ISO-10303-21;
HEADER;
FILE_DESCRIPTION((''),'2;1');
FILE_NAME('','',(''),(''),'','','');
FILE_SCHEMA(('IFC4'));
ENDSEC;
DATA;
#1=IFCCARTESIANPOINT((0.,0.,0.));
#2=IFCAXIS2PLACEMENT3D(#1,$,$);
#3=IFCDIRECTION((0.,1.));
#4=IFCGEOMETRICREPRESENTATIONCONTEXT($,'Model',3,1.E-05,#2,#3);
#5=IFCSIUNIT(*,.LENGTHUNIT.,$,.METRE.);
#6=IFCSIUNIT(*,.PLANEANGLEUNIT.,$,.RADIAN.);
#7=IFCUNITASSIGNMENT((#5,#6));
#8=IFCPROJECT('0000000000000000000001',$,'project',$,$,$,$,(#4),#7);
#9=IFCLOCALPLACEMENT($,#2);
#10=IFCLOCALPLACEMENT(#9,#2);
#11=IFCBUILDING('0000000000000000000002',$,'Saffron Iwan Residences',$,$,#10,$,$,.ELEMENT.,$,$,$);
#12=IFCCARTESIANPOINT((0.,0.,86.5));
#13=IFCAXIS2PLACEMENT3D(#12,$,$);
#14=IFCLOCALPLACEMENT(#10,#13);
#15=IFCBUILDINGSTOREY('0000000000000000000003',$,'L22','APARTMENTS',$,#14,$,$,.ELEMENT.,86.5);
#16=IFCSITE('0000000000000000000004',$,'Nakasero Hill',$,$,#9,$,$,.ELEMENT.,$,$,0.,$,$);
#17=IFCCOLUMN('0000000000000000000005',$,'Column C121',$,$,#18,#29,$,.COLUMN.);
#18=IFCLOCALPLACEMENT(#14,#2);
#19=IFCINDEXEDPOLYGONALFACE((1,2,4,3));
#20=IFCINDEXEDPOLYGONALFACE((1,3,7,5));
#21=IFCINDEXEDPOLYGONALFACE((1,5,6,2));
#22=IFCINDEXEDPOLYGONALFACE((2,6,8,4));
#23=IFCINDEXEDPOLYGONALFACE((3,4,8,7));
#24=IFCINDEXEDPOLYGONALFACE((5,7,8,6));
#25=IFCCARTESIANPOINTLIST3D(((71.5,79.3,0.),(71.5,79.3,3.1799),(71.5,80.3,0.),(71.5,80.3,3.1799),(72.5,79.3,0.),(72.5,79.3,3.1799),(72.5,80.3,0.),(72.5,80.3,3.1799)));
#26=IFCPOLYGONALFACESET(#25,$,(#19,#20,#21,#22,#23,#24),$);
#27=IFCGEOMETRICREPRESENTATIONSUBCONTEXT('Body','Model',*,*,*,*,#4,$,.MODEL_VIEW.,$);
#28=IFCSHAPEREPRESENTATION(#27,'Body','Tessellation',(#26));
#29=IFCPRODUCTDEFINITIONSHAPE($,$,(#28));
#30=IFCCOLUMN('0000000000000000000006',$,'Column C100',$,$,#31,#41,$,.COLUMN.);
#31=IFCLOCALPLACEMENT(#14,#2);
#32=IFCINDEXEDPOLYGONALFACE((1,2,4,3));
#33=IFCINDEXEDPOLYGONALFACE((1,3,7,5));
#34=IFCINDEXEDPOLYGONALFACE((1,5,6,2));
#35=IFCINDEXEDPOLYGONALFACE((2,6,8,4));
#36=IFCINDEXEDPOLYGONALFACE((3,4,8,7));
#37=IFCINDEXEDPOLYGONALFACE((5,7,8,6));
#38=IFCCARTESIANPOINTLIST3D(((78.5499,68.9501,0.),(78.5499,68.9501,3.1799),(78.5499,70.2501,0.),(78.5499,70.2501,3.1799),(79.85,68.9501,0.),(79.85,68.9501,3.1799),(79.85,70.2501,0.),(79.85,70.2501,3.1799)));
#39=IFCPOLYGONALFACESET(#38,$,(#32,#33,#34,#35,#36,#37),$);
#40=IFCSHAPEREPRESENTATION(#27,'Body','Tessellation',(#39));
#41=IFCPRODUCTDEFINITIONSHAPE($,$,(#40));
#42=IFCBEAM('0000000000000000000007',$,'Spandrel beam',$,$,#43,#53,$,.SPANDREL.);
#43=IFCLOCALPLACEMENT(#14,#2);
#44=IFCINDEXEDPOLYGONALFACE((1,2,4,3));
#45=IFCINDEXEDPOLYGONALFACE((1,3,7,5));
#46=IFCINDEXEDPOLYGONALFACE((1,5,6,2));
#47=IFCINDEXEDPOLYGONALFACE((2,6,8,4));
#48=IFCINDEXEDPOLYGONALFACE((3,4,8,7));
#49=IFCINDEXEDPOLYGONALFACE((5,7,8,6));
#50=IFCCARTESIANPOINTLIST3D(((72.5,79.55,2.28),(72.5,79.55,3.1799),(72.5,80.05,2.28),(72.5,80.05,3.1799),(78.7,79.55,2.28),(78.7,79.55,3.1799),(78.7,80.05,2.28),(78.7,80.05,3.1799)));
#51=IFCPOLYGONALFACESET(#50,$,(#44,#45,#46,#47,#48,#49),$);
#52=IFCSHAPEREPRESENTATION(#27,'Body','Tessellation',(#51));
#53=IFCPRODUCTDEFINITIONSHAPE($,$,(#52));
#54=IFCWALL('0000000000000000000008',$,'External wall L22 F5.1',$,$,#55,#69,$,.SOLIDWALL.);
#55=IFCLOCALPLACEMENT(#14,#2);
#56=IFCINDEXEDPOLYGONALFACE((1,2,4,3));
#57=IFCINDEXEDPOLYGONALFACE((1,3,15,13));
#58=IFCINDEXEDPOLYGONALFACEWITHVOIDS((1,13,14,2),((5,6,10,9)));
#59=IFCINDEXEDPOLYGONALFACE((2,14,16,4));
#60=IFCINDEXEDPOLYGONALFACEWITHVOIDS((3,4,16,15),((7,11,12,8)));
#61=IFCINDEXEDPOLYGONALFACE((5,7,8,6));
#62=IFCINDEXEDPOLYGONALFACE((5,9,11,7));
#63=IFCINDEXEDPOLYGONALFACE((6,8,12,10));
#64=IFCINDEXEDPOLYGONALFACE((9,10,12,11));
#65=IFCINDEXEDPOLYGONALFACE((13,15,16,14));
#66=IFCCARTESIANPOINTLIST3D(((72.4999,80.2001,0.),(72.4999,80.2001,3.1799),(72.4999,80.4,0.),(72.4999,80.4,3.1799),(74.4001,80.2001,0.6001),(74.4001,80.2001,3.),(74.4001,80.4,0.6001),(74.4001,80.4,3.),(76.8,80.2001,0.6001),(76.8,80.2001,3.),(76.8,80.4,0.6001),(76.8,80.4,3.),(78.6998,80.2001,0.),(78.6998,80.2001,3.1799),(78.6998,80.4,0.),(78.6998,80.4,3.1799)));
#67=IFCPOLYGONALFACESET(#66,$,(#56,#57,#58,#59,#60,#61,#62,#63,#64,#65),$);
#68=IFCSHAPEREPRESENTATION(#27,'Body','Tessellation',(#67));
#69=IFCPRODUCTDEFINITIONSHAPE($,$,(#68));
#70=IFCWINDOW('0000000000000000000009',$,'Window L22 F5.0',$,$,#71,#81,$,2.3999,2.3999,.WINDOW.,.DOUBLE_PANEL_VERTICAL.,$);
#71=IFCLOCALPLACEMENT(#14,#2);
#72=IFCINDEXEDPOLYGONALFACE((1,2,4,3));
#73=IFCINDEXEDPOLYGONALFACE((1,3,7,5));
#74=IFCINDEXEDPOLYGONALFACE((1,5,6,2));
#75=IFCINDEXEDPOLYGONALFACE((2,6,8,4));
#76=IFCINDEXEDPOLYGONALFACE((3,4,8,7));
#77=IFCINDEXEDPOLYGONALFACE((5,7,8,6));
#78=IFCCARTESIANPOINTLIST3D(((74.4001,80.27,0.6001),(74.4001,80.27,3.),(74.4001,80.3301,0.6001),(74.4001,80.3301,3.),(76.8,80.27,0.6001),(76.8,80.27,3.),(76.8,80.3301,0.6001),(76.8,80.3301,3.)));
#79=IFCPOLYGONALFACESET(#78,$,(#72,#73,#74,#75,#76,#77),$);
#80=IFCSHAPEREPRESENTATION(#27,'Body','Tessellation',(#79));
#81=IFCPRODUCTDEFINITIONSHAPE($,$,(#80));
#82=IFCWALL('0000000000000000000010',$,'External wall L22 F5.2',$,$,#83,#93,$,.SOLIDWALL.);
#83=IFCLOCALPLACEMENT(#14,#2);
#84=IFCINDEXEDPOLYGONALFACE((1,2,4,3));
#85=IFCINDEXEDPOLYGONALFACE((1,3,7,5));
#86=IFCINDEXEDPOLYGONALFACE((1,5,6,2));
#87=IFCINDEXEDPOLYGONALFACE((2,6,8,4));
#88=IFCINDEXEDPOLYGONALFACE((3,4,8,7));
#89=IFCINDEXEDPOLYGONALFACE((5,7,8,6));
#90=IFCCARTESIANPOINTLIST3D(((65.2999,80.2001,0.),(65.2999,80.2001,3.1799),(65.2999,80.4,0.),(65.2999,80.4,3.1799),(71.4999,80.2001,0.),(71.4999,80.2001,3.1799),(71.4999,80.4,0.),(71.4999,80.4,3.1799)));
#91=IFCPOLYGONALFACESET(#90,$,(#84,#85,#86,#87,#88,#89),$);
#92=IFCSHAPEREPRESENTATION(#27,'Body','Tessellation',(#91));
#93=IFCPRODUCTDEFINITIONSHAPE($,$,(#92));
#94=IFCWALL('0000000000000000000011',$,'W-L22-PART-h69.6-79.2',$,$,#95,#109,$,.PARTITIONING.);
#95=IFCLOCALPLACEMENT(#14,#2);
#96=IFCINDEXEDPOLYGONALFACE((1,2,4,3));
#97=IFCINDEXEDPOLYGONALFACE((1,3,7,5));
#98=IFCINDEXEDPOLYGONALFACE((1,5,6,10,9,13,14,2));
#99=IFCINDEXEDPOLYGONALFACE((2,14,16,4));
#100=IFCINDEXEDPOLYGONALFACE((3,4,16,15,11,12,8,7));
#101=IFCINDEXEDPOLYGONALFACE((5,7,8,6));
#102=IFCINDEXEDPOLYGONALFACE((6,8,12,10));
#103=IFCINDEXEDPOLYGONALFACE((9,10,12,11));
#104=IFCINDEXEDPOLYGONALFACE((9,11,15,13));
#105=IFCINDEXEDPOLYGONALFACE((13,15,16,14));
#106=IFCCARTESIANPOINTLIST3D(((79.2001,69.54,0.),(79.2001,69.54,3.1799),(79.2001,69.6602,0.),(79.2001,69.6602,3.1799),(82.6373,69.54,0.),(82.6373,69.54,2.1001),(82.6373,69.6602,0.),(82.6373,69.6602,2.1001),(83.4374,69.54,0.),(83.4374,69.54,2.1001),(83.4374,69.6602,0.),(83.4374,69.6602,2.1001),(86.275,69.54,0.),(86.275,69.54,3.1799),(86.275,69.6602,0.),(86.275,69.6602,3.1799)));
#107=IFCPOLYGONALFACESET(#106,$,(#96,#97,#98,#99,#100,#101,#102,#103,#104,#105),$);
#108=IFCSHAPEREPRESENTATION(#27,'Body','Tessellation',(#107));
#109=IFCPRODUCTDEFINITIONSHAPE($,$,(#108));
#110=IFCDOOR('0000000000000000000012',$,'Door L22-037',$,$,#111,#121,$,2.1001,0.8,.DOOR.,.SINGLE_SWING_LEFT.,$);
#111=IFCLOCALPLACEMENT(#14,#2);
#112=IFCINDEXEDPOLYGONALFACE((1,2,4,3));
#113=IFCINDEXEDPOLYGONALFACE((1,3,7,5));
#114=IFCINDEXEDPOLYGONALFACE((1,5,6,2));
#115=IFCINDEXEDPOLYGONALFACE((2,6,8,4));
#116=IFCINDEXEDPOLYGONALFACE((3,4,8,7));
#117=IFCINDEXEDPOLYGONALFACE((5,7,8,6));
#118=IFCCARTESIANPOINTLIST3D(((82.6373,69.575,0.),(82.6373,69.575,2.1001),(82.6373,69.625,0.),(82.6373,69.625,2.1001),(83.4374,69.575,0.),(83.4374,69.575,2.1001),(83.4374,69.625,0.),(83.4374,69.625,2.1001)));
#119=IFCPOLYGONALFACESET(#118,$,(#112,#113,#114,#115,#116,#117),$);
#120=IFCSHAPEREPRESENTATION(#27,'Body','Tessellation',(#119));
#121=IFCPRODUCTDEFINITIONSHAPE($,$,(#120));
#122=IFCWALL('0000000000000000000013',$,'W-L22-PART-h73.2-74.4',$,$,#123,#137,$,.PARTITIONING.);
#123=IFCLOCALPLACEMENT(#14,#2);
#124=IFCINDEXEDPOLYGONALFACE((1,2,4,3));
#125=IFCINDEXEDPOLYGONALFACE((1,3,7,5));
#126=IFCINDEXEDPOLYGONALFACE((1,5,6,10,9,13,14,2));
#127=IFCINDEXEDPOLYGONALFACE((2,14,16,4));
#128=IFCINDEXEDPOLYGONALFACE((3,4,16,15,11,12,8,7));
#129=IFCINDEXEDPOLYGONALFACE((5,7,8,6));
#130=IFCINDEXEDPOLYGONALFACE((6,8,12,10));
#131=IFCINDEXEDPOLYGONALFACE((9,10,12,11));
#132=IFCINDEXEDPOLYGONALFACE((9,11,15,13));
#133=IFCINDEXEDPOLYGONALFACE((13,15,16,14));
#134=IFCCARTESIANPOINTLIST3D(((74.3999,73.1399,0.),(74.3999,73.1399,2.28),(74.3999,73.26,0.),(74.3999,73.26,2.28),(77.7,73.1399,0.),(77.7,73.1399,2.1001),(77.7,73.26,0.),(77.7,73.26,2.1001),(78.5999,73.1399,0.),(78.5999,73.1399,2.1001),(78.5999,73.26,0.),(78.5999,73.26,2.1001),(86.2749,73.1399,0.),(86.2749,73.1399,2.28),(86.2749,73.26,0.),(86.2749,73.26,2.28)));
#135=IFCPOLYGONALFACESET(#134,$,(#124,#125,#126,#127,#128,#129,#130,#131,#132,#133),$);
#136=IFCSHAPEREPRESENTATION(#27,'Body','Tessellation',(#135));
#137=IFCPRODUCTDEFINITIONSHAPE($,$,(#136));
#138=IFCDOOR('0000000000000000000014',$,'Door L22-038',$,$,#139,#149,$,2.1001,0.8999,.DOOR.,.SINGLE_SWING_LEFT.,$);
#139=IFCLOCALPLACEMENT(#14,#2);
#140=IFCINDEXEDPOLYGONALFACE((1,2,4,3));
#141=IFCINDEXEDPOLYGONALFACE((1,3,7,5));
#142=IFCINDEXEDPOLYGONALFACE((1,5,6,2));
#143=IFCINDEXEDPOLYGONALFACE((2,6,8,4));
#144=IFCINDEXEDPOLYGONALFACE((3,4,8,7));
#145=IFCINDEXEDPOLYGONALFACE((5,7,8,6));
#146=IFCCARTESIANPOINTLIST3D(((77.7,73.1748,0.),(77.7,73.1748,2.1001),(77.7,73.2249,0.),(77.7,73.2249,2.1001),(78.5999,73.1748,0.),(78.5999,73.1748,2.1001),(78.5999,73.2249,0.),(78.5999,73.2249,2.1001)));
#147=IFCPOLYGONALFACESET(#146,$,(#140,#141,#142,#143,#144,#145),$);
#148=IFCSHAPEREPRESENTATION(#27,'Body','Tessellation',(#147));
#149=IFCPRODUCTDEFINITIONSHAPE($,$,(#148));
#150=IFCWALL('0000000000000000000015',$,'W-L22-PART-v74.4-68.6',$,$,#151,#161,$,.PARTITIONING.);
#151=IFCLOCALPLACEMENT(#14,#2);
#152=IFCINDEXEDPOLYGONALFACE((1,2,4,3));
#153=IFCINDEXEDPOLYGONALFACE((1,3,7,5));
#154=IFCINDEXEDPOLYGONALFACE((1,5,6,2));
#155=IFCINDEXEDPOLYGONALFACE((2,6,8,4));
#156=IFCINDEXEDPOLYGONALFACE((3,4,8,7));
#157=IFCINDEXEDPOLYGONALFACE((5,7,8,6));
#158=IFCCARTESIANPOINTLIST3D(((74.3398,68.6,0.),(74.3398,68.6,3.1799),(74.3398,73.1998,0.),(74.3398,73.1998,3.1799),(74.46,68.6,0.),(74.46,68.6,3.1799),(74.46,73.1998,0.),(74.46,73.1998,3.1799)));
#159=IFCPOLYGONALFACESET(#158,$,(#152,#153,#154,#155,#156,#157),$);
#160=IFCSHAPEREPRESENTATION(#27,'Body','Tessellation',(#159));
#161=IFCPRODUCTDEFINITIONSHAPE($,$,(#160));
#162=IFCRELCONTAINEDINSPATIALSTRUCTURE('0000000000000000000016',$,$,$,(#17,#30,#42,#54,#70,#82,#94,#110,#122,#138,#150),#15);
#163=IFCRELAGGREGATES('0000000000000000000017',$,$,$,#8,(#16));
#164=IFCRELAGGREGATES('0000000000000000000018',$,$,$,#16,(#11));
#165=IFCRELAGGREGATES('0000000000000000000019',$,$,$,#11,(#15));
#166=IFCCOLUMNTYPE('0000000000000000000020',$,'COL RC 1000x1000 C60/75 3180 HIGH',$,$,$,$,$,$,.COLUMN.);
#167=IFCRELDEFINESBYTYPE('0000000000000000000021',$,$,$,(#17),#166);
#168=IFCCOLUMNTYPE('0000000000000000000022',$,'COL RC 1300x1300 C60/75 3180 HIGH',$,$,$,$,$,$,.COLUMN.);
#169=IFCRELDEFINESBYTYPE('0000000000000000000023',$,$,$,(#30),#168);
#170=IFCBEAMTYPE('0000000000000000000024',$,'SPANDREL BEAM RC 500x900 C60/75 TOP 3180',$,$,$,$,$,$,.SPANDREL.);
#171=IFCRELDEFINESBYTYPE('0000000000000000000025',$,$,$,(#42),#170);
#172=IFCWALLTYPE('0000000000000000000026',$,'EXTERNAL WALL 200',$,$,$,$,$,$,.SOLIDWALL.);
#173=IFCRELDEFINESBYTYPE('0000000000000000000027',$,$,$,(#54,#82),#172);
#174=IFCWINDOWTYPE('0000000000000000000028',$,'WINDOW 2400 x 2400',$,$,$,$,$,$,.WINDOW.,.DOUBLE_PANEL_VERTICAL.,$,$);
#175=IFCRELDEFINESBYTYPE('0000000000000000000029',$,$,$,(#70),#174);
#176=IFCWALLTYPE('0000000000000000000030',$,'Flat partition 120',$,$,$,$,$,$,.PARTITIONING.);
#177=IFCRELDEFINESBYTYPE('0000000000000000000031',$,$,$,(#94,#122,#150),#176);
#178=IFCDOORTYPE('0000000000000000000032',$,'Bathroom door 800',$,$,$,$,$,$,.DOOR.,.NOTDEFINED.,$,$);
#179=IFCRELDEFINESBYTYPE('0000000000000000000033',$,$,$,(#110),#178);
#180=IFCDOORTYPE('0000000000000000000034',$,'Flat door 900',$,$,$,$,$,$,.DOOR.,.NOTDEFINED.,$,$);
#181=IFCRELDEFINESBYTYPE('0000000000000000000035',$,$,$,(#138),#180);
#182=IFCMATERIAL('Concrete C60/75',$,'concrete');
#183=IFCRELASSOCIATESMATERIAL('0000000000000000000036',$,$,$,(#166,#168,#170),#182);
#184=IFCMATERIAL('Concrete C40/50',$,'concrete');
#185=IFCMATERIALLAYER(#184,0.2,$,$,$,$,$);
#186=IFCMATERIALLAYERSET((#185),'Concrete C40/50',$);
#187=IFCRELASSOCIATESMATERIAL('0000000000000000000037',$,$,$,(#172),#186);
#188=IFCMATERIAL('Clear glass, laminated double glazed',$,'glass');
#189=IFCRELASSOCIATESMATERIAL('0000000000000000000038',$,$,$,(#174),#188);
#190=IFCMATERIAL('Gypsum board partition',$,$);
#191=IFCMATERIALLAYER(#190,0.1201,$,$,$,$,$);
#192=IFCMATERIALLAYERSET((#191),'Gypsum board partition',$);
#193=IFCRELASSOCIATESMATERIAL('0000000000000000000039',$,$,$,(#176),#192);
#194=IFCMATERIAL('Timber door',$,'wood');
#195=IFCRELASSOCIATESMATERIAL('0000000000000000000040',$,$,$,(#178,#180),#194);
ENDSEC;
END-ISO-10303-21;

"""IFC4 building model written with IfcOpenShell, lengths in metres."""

from ifc_helpers import new_model, si_unit, direction, frame, frame_2d, origin, origin_2d, place, context, subcontext, project, spatial, rectangle, extrude, source, transform, mapped, material, layer, layer_set, material_profile, profile_set, type_object, element, fill, save


model = new_model("IFC4")

# Units and contexts
model_context = context("Model", 3, precision=1e-05, world=origin(), true_north=direction((0.0, 1.0)))
body_context = subcontext(model_context, "Body", "Model", "MODEL_VIEW")
ifc_project = project(units=[si_unit("LENGTHUNIT", "METRE"), si_unit("PLANEANGLEUNIT", "RADIAN")], contexts=[model_context])

# Site, building, storey
site_placement = place(None, origin())
site = spatial("IfcSite", under=ifc_project, at=site_placement, Name="Nakasero Hill", CompositionType="ELEMENT", RefElevation=0.0)
building_placement = place(site_placement, origin())
building = spatial("IfcBuilding", under=site, at=building_placement, Name="Saffron Iwan Residences", CompositionType="ELEMENT")
storey_placement = place(building_placement, frame((0.0, 0.0, 86.5)))
storey = spatial("IfcBuildingStorey", under=building, at=storey_placement, Name="L22", Description="APARTMENTS", CompositionType="ELEMENT", Elevation=86.5)

# Columns
ifc_material_1 = material(Name="Concrete C60/75", Category="concrete")
ifc_material_profile_1 = material_profile(ifc_material_1, rectangle(XDim=1.0, YDim=1.0, at=origin_2d()), Name="RC 1000x1000")
ifc_profile_set_1 = profile_set([ifc_material_profile_1], Name="Concrete C60/75")
column_type_1 = type_object("IfcColumnType", Name="COL RC 1000x1000 C60/75 3180 HIGH", PredefinedType="COLUMN", material=ifc_profile_set_1)
shared_shape_1 = source(origin(), body_context, "Body", "SweptSolid", [
    extrude(rectangle(XDim=1.0, YDim=1.0, at=origin_2d()), origin(), (0.0, 0.0, 1.0), 3.1799),
])
column_1_placement = place(storey_placement, frame((72.0, 79.8, 0.0), z_axis=(0.0, 0.0, 1.0), x_axis=(1.0, 0.0, 0.0)))
element("IfcColumn", 1, at=column_1_placement, inside=storey, type_object=column_type_1, Name="Column C121", PredefinedType="COLUMN", context=body_context, shape_type="MappedRepresentation", body=[
    mapped(shared_shape_1, transform((0.0, 0.0, 0.0))),
])
ifc_material_profile_2 = material_profile(ifc_material_1, rectangle(XDim=1.3, YDim=1.3, at=origin_2d()), Name="RC 1300x1300")
ifc_profile_set_2 = profile_set([ifc_material_profile_2], Name="Concrete C60/75")
column_type_2 = type_object("IfcColumnType", Name="COL RC 1300x1300 C60/75 3180 HIGH", PredefinedType="COLUMN", material=ifc_profile_set_2)
shared_shape_2 = source(origin(), body_context, "Body", "SweptSolid", [
    extrude(rectangle(XDim=1.3, YDim=1.3, at=origin_2d()), origin(), (0.0, 0.0, 1.0), 3.1799),
])
column_2_placement = place(storey_placement, frame((79.2, 69.6001, 0.0), z_axis=(0.0, 0.0, 1.0), x_axis=(1.0, 0.0, 0.0)))
element("IfcColumn", 2, at=column_2_placement, inside=storey, type_object=column_type_2, Name="Column C100", PredefinedType="COLUMN", context=body_context, shape_type="MappedRepresentation", body=[
    mapped(shared_shape_2, transform((0.0, 0.0, 0.0))),
])

# Beam
ifc_material_profile_3 = material_profile(ifc_material_1, rectangle(XDim=0.5, YDim=0.8999, at=origin_2d()), Name="RC 500x900")
ifc_profile_set_3 = profile_set([ifc_material_profile_3], Name="Concrete C60/75")
beam_type = type_object("IfcBeamType", Name="SPANDREL BEAM RC 500x900 C60/75 TOP 3180", PredefinedType="SPANDREL", material=ifc_profile_set_3)
shared_shape_3 = source(origin(), body_context, "Body", "SweptSolid", [
    extrude(rectangle(XDim=0.5, YDim=0.8999, at=origin_2d()), origin(), (0.0, 0.0, 1.0), 6.2),
])
beam_placement = place(storey_placement, frame((72.5, 79.8, 2.73), z_axis=(1.0, 0.0, 0.0), x_axis=(0.0, 1.0, 0.0)))
element("IfcBeam", 3, at=beam_placement, inside=storey, type_object=beam_type, Name="Spandrel beam", PredefinedType="SPANDREL", context=body_context, shape_type="MappedRepresentation", body=[
    mapped(shared_shape_3, transform((0.0, 0.0, 0.0))),
])

# Wall, opening, window
ifc_material_2 = material(Name="Concrete C40/50", Category="concrete")
ifc_layer_1 = layer(ifc_material_2, 0.2)
ifc_layer_set_1 = layer_set([ifc_layer_1], Name="Concrete C40/50")
wall_type_1 = type_object("IfcWallType", Name="EXTERNAL WALL 200", PredefinedType="SOLIDWALL", material=ifc_layer_set_1)
wall_1_placement = place(storey_placement, frame((78.7, 80.3, 0.0), z_axis=(0.0, 0.0, 1.0), x_axis=(-1.0, 0.0, 0.0)))
wall_1 = element("IfcWall", 4, at=wall_1_placement, inside=storey, type_object=wall_type_1, Name="External wall L22 F5.1", PredefinedType="SOLIDWALL", context=body_context, shape_type="SweptSolid", body=[
    extrude(rectangle(XDim=6.2, YDim=0.2, at=frame_2d((3.1001, 0.0))), origin(), (0.0, 0.0, 1.0), 3.1799),
])
opening_1_placement = place(wall_1_placement, frame((1.8999, 0.0, 0.6001)))
opening_1 = element("IfcOpeningElement", 5, at=opening_1_placement, cuts=wall_1, PredefinedType="OPENING", context=body_context, shape_type="SweptSolid", body=[
    extrude(rectangle(XDim=2.3999, YDim=2.3999, at=frame_2d((1.2, 1.2))), frame((0.0, 0.1099, 0.0), z_axis=(0.0, -1.0, 0.0), x_axis=(1.0, 0.0, 0.0)), (0.0, 0.0, 1.0), 0.22),
])
ifc_material_3 = material(Name="Clear glass, laminated double glazed", Category="glass")
window_type = type_object("IfcWindowType", Name="WINDOW 2400 x 2400", PartitioningType="DOUBLE_PANEL_VERTICAL", PredefinedType="WINDOW", material=ifc_material_3)
window_placement = place(opening_1_placement, origin())
window = element("IfcWindow", 6, at=window_placement, inside=storey, type_object=window_type, Name="Window L22 F5.0", OverallHeight=2.3999, OverallWidth=2.3999, PartitioningType="DOUBLE_PANEL_VERTICAL", PredefinedType="WINDOW", context=body_context, shape_type="SweptSolid", body=[
    extrude(rectangle(XDim=2.3999, YDim=2.3999, at=frame_2d((1.2, 1.2))), frame((0.0, 0.03, 0.0), z_axis=(0.0, -1.0, 0.0), x_axis=(1.0, 0.0, 0.0)), (0.0, 0.0, 1.0), 0.0601),
])
fill(opening_1, window)

# Wall
wall_2_placement = place(storey_placement, frame((71.5, 80.3, 0.0), z_axis=(0.0, 0.0, 1.0), x_axis=(-1.0, 0.0, 0.0)))
element("IfcWall", 7, at=wall_2_placement, inside=storey, type_object=wall_type_1, Name="External wall L22 F5.2", PredefinedType="SOLIDWALL", context=body_context, shape_type="SweptSolid", body=[
    extrude(rectangle(XDim=6.2, YDim=0.2, at=frame_2d((3.1001, 0.0))), origin(), (0.0, 0.0, 1.0), 3.1799),
])

# Walls, openings, doors
ifc_material_4 = material(Name="Gypsum board partition")
ifc_layer_2 = layer(ifc_material_4, 0.1201)
ifc_layer_set_2 = layer_set([ifc_layer_2], Name="Gypsum board partition")
wall_type_2 = type_object("IfcWallType", Name="Flat partition 120", PredefinedType="PARTITIONING", material=ifc_layer_set_2)
wall_3_placement = place(storey_placement, frame((79.2, 69.6001, 0.0), z_axis=(0.0, 0.0, 1.0), x_axis=(1.0, 0.0, 0.0)))
wall_3 = element("IfcWall", 8, at=wall_3_placement, inside=storey, type_object=wall_type_2, Name="W-L22-PART-h69.6-79.2", PredefinedType="PARTITIONING", context=body_context, shape_type="SweptSolid", body=[
    extrude(rectangle(XDim=7.075, YDim=0.1201, at=frame_2d((3.5376, 0.0))), origin(), (0.0, 0.0, 1.0), 3.1799),
])
opening_2_placement = place(wall_3_placement, frame((3.4375, 0.0, 0.0)))
opening_2 = element("IfcOpeningElement", 9, at=opening_2_placement, cuts=wall_3, PredefinedType="OPENING", context=body_context, shape_type="SweptSolid", body=[
    extrude(rectangle(XDim=0.8, YDim=2.1001, at=frame_2d((0.3999, 1.05))), frame((0.0, 0.0701, 0.0), z_axis=(0.0, -1.0, 0.0), x_axis=(1.0, 0.0, 0.0)), (0.0, 0.0, 1.0), 0.1401),
])
ifc_material_5 = material(Name="Timber door", Category="wood")
door_type_1 = type_object("IfcDoorType", Name="Bathroom door 800", OperationType="NOTDEFINED", PredefinedType="DOOR", material=ifc_material_5)
door_1_placement = place(opening_2_placement, origin())
door_1 = element("IfcDoor", 10, at=door_1_placement, inside=storey, type_object=door_type_1, Name="Door L22-037", OperationType="SINGLE_SWING_LEFT", OverallHeight=2.1001, OverallWidth=0.8, PredefinedType="DOOR", context=body_context, shape_type="SweptSolid", body=[
    extrude(rectangle(XDim=0.8, YDim=2.1001, at=frame_2d((0.3999, 1.05))), frame((0.0, 0.0249, 0.0), z_axis=(0.0, -1.0, 0.0), x_axis=(1.0, 0.0, 0.0)), (0.0, 0.0, 1.0), 0.05),
])
fill(opening_2, door_1)
wall_4_placement = place(storey_placement, frame((74.3999, 73.2, 0.0), z_axis=(0.0, 0.0, 1.0), x_axis=(1.0, 0.0, 0.0)))
wall_4 = element("IfcWall", 11, at=wall_4_placement, inside=storey, type_object=wall_type_2, Name="W-L22-PART-h73.2-74.4", PredefinedType="PARTITIONING", context=body_context, shape_type="SweptSolid", body=[
    extrude(rectangle(XDim=11.875, YDim=0.1201, at=frame_2d((5.9375, 0.0))), origin(), (0.0, 0.0, 1.0), 2.28),
])
opening_3_placement = place(wall_4_placement, frame((3.3, 0.0, 0.0)))
opening_3 = element("IfcOpeningElement", 12, at=opening_3_placement, cuts=wall_4, PredefinedType="OPENING", context=body_context, shape_type="SweptSolid", body=[
    extrude(rectangle(XDim=0.8999, YDim=2.1001, at=frame_2d((0.45, 1.05))), frame((0.0, 0.0701, 0.0), z_axis=(0.0, -1.0, 0.0), x_axis=(1.0, 0.0, 0.0)), (0.0, 0.0, 1.0), 0.1401),
])
door_type_2 = type_object("IfcDoorType", Name="Flat door 900", OperationType="NOTDEFINED", PredefinedType="DOOR", material=ifc_material_5)
door_2_placement = place(opening_3_placement, origin())
door_2 = element("IfcDoor", 13, at=door_2_placement, inside=storey, type_object=door_type_2, Name="Door L22-038", OperationType="SINGLE_SWING_LEFT", OverallHeight=2.1001, OverallWidth=0.8999, PredefinedType="DOOR", context=body_context, shape_type="SweptSolid", body=[
    extrude(rectangle(XDim=0.8999, YDim=2.1001, at=frame_2d((0.45, 1.05))), frame((0.0, 0.0249, 0.0), z_axis=(0.0, -1.0, 0.0), x_axis=(1.0, 0.0, 0.0)), (0.0, 0.0, 1.0), 0.05),
])
fill(opening_3, door_2)

# Wall
wall_5_placement = place(storey_placement, frame((74.3999, 68.6001, 0.0), z_axis=(0.0, 0.0, 1.0), x_axis=(0.0, 1.0, 0.0)))
element("IfcWall", 14, at=wall_5_placement, inside=storey, type_object=wall_type_2, Name="W-L22-PART-v74.4-68.6", PredefinedType="PARTITIONING", context=body_context, shape_type="SweptSolid", body=[
    extrude(rectangle(XDim=4.5999, YDim=0.1201, at=frame_2d((2.2998, 0.0))), origin(), (0.0, 0.0, 1.0), 3.1799),
])

save(model, "model.ifc")
